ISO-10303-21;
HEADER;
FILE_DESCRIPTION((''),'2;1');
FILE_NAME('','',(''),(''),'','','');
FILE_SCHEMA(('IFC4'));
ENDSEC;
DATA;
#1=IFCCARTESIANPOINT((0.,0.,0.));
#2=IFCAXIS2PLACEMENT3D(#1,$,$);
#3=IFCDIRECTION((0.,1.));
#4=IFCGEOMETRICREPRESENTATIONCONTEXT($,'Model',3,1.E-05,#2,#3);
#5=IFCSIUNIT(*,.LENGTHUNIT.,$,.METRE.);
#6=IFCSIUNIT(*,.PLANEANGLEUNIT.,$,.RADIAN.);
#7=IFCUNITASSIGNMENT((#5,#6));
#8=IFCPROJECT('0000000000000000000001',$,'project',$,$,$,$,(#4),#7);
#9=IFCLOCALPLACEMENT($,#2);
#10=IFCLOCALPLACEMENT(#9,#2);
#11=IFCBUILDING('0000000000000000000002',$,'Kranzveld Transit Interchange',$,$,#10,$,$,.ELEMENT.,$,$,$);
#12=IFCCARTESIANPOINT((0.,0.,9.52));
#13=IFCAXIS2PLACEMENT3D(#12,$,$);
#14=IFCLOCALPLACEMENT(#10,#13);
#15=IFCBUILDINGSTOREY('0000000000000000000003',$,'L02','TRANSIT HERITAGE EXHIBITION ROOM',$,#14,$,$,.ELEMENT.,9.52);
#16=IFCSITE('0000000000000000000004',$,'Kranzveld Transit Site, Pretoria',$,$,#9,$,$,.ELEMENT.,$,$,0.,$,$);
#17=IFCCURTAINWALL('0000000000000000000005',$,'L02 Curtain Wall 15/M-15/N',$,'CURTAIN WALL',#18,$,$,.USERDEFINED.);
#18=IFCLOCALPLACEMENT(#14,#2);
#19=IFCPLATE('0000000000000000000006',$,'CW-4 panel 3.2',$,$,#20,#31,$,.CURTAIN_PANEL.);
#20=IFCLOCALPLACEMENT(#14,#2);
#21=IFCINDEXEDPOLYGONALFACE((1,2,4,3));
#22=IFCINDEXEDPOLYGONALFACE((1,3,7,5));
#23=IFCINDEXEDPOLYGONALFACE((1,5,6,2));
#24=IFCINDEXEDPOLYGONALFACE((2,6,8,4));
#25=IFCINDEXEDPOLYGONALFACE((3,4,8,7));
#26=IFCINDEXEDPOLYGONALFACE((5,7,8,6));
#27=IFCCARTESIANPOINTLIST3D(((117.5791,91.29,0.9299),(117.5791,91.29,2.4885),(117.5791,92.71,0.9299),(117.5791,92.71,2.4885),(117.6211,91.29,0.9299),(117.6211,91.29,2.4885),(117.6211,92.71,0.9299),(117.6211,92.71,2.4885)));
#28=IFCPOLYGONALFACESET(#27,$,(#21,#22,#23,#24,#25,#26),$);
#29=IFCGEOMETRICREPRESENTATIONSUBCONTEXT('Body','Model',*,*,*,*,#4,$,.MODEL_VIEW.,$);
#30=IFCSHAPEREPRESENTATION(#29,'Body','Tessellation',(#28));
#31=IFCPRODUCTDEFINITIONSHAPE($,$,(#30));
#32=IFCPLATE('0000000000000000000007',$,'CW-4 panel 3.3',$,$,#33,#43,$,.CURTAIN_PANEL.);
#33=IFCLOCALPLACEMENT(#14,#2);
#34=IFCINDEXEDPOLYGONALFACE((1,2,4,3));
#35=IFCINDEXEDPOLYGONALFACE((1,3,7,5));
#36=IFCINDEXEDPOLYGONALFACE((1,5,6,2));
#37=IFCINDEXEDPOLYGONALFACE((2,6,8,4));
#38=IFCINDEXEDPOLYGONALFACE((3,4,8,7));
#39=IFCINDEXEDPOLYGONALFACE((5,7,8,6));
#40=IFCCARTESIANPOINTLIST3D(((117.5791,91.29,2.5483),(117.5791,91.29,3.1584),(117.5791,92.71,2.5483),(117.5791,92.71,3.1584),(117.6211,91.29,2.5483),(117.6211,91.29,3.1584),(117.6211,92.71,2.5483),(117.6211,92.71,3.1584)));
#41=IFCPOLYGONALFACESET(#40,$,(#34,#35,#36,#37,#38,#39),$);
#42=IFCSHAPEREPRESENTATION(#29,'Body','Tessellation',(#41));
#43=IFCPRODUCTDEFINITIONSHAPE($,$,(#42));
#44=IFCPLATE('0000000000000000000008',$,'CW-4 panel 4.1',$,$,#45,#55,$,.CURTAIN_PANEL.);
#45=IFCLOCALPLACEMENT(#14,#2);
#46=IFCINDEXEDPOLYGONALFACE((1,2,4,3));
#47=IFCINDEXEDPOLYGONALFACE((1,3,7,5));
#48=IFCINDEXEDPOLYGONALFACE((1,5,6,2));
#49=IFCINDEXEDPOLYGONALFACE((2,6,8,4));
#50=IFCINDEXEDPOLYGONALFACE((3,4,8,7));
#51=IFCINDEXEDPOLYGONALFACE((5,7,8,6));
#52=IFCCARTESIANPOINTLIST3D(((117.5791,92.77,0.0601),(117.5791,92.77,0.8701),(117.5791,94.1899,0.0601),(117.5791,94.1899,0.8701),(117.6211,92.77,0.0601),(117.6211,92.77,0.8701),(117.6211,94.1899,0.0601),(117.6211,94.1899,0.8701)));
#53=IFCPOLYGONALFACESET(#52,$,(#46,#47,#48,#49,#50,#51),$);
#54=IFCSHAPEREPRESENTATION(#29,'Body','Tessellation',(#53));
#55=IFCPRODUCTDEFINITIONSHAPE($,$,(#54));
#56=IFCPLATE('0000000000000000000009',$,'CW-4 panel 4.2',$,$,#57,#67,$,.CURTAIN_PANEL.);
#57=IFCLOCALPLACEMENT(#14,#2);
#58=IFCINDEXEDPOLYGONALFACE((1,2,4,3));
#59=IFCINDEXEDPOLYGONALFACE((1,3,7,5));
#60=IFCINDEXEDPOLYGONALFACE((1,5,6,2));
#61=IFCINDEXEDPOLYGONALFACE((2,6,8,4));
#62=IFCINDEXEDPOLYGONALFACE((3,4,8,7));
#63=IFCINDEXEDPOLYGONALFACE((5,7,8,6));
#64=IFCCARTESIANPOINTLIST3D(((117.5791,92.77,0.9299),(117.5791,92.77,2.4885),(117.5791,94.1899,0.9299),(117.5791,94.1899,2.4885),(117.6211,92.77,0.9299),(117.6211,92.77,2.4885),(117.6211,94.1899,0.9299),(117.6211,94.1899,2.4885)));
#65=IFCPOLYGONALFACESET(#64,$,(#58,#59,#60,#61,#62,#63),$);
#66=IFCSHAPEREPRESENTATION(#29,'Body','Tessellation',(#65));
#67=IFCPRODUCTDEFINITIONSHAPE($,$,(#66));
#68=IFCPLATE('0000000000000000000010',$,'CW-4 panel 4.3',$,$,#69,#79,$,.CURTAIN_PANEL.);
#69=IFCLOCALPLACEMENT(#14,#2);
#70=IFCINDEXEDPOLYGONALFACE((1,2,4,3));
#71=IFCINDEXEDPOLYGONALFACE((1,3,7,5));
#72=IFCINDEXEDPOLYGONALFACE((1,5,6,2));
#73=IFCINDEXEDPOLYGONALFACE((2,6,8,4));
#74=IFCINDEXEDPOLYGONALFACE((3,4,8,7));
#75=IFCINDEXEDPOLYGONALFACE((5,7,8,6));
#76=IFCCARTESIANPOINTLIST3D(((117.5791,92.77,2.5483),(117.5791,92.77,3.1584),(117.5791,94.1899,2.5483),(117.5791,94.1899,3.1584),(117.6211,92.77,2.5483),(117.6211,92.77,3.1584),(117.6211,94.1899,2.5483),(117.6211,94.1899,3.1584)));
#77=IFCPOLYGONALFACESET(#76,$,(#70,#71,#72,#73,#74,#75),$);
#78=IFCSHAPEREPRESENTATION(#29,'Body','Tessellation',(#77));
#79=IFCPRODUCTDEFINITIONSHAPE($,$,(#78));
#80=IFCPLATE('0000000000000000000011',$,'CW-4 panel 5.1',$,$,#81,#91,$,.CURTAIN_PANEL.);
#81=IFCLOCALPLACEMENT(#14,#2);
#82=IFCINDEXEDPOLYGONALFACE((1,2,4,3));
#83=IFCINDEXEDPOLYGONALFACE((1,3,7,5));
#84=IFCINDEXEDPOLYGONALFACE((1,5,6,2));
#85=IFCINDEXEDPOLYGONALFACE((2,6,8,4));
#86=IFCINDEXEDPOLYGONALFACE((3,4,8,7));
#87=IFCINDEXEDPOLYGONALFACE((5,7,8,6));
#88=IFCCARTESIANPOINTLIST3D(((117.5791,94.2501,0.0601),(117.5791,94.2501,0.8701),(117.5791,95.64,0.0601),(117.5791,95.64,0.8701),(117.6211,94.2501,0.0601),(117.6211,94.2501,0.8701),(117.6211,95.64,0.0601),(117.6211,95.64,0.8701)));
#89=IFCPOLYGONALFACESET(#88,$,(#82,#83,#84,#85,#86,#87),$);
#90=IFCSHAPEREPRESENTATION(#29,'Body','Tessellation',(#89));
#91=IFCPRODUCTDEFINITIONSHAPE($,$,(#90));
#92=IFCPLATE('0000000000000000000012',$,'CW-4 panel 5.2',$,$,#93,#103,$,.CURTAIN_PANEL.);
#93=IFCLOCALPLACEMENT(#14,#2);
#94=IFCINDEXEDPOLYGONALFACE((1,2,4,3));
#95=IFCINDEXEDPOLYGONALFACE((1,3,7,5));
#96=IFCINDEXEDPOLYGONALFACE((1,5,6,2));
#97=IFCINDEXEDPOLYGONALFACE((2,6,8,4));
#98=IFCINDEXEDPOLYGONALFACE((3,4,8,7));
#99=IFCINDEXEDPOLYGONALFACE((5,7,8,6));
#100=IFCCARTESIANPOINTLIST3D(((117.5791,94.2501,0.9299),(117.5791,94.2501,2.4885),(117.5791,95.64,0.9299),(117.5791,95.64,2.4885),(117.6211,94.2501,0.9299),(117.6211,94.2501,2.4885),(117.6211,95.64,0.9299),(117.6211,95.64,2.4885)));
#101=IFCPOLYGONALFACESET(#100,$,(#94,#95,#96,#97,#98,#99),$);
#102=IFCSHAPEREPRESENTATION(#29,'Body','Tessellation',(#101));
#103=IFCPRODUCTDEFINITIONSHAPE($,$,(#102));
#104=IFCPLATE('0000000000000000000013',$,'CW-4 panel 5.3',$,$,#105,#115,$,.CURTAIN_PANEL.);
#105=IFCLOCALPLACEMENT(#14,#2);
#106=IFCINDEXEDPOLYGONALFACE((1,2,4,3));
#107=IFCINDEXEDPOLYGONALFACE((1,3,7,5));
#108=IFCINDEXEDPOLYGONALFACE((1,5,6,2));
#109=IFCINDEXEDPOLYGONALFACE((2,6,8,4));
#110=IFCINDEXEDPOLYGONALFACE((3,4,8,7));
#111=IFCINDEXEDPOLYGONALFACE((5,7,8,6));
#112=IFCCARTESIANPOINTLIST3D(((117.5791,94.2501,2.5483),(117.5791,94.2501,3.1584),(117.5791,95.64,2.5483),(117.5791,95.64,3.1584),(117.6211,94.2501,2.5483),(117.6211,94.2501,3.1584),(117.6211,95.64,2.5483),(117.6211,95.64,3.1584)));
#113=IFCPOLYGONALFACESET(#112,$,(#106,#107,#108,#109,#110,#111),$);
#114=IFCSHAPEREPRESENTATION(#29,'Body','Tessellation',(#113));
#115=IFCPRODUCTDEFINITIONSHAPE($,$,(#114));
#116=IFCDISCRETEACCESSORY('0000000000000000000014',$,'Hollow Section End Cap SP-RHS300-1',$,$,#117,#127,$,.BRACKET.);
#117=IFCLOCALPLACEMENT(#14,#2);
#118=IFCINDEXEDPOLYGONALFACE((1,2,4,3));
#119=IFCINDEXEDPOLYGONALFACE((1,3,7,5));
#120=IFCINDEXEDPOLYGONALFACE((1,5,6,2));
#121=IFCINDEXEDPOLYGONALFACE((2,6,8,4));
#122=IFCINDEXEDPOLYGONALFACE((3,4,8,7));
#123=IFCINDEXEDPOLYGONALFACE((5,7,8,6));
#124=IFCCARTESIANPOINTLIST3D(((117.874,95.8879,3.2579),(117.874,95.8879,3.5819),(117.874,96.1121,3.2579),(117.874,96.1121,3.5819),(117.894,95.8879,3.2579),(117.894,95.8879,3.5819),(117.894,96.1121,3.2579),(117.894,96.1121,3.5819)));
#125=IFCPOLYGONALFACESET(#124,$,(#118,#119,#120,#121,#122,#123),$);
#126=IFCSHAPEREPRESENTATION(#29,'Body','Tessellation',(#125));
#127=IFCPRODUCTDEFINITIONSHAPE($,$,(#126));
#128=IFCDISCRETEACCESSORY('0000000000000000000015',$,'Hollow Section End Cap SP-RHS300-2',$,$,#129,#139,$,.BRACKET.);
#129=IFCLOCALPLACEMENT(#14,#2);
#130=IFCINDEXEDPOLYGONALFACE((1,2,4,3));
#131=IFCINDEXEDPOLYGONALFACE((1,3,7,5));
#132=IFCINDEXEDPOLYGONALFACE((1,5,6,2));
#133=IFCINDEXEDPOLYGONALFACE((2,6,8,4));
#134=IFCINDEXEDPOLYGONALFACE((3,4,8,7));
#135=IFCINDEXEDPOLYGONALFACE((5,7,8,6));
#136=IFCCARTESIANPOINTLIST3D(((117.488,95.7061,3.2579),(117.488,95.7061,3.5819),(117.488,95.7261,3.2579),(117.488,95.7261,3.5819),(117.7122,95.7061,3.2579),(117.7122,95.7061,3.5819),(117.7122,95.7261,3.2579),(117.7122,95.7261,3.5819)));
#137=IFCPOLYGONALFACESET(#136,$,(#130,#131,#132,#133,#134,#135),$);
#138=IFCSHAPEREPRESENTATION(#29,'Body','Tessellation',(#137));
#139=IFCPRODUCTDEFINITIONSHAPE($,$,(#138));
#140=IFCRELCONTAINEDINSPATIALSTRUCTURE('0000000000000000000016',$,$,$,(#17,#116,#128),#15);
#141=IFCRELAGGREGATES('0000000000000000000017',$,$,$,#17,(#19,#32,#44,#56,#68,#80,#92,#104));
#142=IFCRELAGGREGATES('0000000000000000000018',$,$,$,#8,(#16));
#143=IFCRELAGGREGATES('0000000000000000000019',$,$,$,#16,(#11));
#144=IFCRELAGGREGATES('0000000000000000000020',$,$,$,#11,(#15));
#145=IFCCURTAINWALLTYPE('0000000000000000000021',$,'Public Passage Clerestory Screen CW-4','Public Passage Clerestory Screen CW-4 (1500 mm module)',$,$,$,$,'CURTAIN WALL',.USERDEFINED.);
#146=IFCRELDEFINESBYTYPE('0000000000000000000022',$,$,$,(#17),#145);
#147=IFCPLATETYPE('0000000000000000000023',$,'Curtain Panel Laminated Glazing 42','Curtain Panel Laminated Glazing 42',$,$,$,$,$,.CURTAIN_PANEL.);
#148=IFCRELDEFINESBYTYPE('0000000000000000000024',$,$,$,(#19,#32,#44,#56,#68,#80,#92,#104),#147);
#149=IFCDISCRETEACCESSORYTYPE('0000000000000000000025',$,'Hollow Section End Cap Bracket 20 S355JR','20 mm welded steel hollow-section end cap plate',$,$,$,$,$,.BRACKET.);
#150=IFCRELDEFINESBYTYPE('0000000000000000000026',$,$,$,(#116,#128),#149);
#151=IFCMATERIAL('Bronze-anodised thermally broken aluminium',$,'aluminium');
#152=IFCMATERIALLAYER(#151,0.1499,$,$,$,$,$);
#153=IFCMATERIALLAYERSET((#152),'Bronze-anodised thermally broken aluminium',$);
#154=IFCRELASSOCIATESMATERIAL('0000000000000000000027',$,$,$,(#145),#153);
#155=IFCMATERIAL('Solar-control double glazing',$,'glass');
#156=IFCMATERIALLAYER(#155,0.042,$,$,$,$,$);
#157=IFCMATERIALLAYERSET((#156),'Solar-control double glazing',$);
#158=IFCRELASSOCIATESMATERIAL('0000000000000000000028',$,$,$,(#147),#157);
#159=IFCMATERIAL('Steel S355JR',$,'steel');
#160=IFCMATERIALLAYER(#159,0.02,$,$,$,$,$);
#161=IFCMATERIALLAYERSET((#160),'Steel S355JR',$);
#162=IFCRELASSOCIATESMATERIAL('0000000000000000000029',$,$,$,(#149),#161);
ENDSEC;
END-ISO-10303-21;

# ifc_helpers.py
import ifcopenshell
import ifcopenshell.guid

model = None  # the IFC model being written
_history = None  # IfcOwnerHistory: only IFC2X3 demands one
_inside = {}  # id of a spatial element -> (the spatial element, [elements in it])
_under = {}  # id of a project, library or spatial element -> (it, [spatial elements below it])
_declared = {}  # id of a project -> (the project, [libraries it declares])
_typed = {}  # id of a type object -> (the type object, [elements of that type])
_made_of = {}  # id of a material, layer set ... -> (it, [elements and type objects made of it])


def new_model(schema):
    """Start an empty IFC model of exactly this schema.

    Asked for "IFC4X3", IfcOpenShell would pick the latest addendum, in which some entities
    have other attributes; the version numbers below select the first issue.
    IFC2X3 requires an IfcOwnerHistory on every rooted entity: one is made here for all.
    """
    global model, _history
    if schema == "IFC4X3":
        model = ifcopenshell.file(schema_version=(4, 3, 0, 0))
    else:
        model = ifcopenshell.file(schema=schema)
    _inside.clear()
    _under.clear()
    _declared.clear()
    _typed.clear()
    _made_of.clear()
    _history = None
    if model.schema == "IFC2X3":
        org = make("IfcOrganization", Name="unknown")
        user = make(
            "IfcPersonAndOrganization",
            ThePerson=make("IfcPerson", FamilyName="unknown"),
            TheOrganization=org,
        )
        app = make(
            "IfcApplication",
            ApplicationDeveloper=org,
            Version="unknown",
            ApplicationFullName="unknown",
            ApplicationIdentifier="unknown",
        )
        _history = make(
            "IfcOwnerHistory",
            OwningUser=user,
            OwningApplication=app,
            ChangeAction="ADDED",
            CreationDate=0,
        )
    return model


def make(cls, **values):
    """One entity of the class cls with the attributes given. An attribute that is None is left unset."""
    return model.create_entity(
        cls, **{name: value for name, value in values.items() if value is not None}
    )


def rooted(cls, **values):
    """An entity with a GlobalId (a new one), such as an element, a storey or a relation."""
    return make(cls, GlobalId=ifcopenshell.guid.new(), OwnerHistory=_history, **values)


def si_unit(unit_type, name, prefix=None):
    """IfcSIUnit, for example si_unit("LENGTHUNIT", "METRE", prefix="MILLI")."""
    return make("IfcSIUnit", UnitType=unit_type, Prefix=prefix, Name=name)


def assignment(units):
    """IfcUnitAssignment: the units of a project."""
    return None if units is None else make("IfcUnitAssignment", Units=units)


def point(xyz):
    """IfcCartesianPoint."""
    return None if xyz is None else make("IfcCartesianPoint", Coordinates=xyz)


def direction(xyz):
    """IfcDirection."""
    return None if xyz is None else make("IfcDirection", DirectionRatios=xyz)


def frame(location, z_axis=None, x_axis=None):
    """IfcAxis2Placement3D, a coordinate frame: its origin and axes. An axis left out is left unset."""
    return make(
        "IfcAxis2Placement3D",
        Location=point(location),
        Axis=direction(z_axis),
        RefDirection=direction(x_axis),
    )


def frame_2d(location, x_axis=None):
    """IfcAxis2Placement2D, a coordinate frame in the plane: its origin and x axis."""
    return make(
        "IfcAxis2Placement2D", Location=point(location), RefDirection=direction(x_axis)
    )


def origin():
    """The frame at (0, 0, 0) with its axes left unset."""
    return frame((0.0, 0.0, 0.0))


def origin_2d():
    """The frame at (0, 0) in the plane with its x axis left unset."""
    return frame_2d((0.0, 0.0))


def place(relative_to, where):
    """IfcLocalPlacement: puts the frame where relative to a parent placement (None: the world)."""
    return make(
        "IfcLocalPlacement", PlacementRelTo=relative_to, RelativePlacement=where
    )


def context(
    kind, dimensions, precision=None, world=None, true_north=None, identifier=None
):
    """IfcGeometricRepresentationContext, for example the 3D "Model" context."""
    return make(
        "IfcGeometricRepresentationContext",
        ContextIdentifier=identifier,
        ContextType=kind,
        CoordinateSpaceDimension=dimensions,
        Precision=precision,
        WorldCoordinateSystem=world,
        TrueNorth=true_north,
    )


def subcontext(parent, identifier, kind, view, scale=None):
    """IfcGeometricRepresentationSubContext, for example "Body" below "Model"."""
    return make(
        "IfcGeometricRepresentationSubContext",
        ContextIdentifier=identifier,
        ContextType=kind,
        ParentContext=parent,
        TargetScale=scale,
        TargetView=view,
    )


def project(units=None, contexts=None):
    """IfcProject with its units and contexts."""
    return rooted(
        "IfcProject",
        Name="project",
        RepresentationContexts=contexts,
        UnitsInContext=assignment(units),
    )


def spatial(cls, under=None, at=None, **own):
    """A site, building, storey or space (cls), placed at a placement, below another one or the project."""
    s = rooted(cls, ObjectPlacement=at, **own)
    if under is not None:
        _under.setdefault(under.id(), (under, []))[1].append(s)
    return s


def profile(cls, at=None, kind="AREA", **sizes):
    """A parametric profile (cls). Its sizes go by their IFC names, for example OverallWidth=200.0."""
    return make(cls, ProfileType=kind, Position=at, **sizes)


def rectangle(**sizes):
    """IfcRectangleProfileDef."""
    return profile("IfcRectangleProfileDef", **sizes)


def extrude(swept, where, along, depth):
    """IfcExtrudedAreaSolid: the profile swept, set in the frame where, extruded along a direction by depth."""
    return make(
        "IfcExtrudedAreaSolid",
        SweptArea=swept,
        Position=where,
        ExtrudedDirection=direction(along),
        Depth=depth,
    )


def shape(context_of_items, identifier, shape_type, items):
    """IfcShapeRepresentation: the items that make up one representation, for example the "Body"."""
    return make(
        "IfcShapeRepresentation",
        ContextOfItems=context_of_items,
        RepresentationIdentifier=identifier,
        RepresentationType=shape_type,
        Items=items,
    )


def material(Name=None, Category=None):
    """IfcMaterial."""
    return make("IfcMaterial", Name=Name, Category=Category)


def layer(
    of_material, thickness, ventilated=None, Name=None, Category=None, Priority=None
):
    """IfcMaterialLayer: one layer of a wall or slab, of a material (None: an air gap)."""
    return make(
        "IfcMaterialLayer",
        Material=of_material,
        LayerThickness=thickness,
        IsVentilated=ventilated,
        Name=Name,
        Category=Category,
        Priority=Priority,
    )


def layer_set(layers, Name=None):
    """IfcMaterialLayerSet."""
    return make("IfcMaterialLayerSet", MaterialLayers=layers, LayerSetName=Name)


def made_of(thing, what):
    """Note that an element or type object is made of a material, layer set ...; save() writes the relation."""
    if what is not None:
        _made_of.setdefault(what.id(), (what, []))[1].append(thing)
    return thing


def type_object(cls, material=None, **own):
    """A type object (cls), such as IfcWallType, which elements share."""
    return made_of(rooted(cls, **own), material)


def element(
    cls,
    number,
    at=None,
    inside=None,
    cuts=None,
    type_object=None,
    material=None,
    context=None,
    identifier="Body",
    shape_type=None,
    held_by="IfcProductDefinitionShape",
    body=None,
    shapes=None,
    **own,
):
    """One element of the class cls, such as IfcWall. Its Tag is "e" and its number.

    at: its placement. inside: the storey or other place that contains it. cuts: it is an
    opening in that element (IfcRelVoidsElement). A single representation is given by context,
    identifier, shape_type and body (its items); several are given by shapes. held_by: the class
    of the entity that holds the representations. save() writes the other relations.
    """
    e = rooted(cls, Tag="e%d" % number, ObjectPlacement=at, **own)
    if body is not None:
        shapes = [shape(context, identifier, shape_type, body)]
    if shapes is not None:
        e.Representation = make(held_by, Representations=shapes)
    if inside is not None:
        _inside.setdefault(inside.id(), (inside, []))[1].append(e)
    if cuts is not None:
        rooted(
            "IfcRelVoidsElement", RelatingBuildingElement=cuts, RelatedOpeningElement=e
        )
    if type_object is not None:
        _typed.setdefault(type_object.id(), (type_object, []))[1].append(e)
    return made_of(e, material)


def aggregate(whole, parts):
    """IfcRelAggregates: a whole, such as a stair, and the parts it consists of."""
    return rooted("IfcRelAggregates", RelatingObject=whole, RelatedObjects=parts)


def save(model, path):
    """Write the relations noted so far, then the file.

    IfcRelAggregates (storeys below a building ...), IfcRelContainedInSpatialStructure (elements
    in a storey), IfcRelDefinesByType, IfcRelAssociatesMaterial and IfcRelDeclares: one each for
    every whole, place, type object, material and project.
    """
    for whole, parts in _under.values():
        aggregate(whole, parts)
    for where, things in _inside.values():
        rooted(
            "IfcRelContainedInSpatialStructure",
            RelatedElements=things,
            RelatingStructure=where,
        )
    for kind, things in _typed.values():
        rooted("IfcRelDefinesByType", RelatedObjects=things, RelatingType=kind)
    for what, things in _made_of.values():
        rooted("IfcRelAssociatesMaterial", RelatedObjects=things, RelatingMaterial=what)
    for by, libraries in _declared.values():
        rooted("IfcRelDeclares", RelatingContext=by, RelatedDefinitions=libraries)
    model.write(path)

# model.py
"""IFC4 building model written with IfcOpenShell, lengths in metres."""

from ifc_helpers import new_model, si_unit, direction, frame, origin, origin_2d, place, context, subcontext, project, spatial, rectangle, extrude, material, layer, layer_set, type_object, element, aggregate, save


model = new_model("IFC4")

# Units and contexts
model_context = context("Model", 3, precision=1e-05, world=origin(), true_north=direction((0.0, 1.0)))
body_context = subcontext(model_context, "Body", "Model", "MODEL_VIEW")
ifc_project = project(units=[si_unit("LENGTHUNIT", "METRE"), si_unit("PLANEANGLEUNIT", "RADIAN")], contexts=[model_context])

# Site, building, storey
site_placement = place(None, origin())
site = spatial("IfcSite", under=ifc_project, at=site_placement, Name="Kranzveld Transit Site, Pretoria", CompositionType="ELEMENT", RefElevation=0.0)
building_placement = place(site_placement, origin())
building = spatial("IfcBuilding", under=site, at=building_placement, Name="Kranzveld Transit Interchange", CompositionType="ELEMENT")
storey_placement = place(building_placement, frame((0.0, 0.0, 9.52)))
storey = spatial("IfcBuildingStorey", under=building, at=storey_placement, Name="L02", Description="TRANSIT HERITAGE EXHIBITION ROOM", CompositionType="ELEMENT", Elevation=9.52)

# Curtain wall
ifc_material_1 = material(Name="Bronze-anodised thermally broken aluminium", Category="aluminium")
ifc_layer_1 = layer(ifc_material_1, 0.1499)
ifc_layer_set_1 = layer_set([ifc_layer_1], Name="Bronze-anodised thermally broken aluminium")
curtain_wall_type_1 = type_object("IfcCurtainWallType", Name="Public Passage Clerestory Screen CW-4", Description="Public Passage Clerestory Screen CW-4 (1500 mm module)", ElementType="CURTAIN WALL", PredefinedType="USERDEFINED", material=ifc_layer_set_1)
curtain_wall_1_placement = place(storey_placement, origin())
curtain_wall_1 = element("IfcCurtainWall", 1, at=curtain_wall_1_placement, inside=storey, type_object=curtain_wall_type_1, Name="L02 Curtain Wall 15/M-15/N", ObjectType="CURTAIN WALL", PredefinedType="USERDEFINED")

# Plates
ifc_material_2 = material(Name="Solar-control double glazing", Category="glass")
ifc_layer_2 = layer(ifc_material_2, 0.042)
ifc_layer_set_2 = layer_set([ifc_layer_2], Name="Solar-control double glazing")
plate_type = type_object("IfcPlateType", Name="Curtain Panel Laminated Glazing 42", Description="Curtain Panel Laminated Glazing 42", PredefinedType="CURTAIN_PANEL", material=ifc_layer_set_2)
plate_1_placement = place(storey_placement, frame((117.6001, 92.0, 0.9299), z_axis=(0.0, 0.0, 1.0), x_axis=(0.0, 1.0, 0.0)))
plate_1 = element("IfcPlate", 2, at=plate_1_placement, type_object=plate_type, Name="CW-4 panel 3.2", PredefinedType="CURTAIN_PANEL", context=body_context, shape_type="SweptSolid", body=[
    extrude(rectangle(XDim=1.4199, YDim=0.042, at=origin_2d()), origin(), (0.0, 0.0, 1.0), 1.5586),
])
plate_2_placement = place(storey_placement, frame((117.6001, 92.0, 2.5483), z_axis=(0.0, 0.0, 1.0), x_axis=(0.0, 1.0, 0.0)))
plate_2 = element("IfcPlate", 3, at=plate_2_placement, type_object=plate_type, Name="CW-4 panel 3.3", PredefinedType="CURTAIN_PANEL", context=body_context, shape_type="SweptSolid", body=[
    extrude(rectangle(XDim=1.4199, YDim=0.042, at=origin_2d()), origin(), (0.0, 0.0, 1.0), 0.6101),
])
plate_3_placement = place(storey_placement, frame((117.6001, 93.48, 0.0601), z_axis=(0.0, 0.0, 1.0), x_axis=(0.0, 1.0, 0.0)))
plate_3 = element("IfcPlate", 4, at=plate_3_placement, type_object=plate_type, Name="CW-4 panel 4.1", PredefinedType="CURTAIN_PANEL", context=body_context, shape_type="SweptSolid", body=[
    extrude(rectangle(XDim=1.4199, YDim=0.042, at=origin_2d()), origin(), (0.0, 0.0, 1.0), 0.8101),
])
plate_4_placement = place(storey_placement, frame((117.6001, 93.48, 0.9299), z_axis=(0.0, 0.0, 1.0), x_axis=(0.0, 1.0, 0.0)))
plate_4 = element("IfcPlate", 5, at=plate_4_placement, type_object=plate_type, Name="CW-4 panel 4.2", PredefinedType="CURTAIN_PANEL", context=body_context, shape_type="SweptSolid", body=[
    extrude(rectangle(XDim=1.4199, YDim=0.042, at=origin_2d()), origin(), (0.0, 0.0, 1.0), 1.5586),
])
plate_5_placement = place(storey_placement, frame((117.6001, 93.48, 2.5483), z_axis=(0.0, 0.0, 1.0), x_axis=(0.0, 1.0, 0.0)))
plate_5 = element("IfcPlate", 6, at=plate_5_placement, type_object=plate_type, Name="CW-4 panel 4.3", PredefinedType="CURTAIN_PANEL", context=body_context, shape_type="SweptSolid", body=[
    extrude(rectangle(XDim=1.4199, YDim=0.042, at=origin_2d()), origin(), (0.0, 0.0, 1.0), 0.6101),
])
plate_6_placement = place(storey_placement, frame((117.6001, 94.9451, 0.0601), z_axis=(0.0, 0.0, 1.0), x_axis=(0.0, 1.0, 0.0)))
plate_6 = element("IfcPlate", 7, at=plate_6_placement, type_object=plate_type, Name="CW-4 panel 5.1", PredefinedType="CURTAIN_PANEL", context=body_context, shape_type="SweptSolid", body=[
    extrude(rectangle(XDim=1.3899, YDim=0.042, at=origin_2d()), origin(), (0.0, 0.0, 1.0), 0.8101),
])
plate_7_placement = place(storey_placement, frame((117.6001, 94.9451, 0.9299), z_axis=(0.0, 0.0, 1.0), x_axis=(0.0, 1.0, 0.0)))
plate_7 = element("IfcPlate", 8, at=plate_7_placement, type_object=plate_type, Name="CW-4 panel 5.2", PredefinedType="CURTAIN_PANEL", context=body_context, shape_type="SweptSolid", body=[
    extrude(rectangle(XDim=1.3899, YDim=0.042, at=origin_2d()), origin(), (0.0, 0.0, 1.0), 1.5586),
])
plate_8_placement = place(storey_placement, frame((117.6001, 94.9451, 2.5483), z_axis=(0.0, 0.0, 1.0), x_axis=(0.0, 1.0, 0.0)))
plate_8 = element("IfcPlate", 9, at=plate_8_placement, type_object=plate_type, Name="CW-4 panel 5.3", PredefinedType="CURTAIN_PANEL", context=body_context, shape_type="SweptSolid", body=[
    extrude(rectangle(XDim=1.3899, YDim=0.042, at=origin_2d()), origin(), (0.0, 0.0, 1.0), 0.6101),
])
aggregate(curtain_wall_1, [plate_1, plate_2, plate_3, plate_4, plate_5, plate_6, plate_7, plate_8])

# Discrete accessories
ifc_material_3 = material(Name="Steel S355JR", Category="steel")
ifc_layer_3 = layer(ifc_material_3, 0.02)
ifc_layer_set_3 = layer_set([ifc_layer_3], Name="Steel S355JR")
discrete_accessory_type = type_object("IfcDiscreteAccessoryType", Name="Hollow Section End Cap Bracket 20 S355JR", Description="20 mm welded steel hollow-section end cap plate", PredefinedType="BRACKET", material=ifc_layer_set_3)
for number, where, z_axis, x_axis, name in (
    (10, (117.894, 96.0, 3.4199), (-1.0, 0.0, 0.0), (0.0, -1.0, 0.0), "Hollow Section End Cap SP-RHS300-1"),
    (11, (117.6001, 95.7061, 3.4199), (0.0, 1.0, 0.0), (-1.0, 0.0, 0.0), "Hollow Section End Cap SP-RHS300-2"),
):
    element("IfcDiscreteAccessory", number, at=place(storey_placement, frame(where, z_axis=z_axis, x_axis=x_axis)), inside=storey, type_object=discrete_accessory_type, Name=name, PredefinedType="BRACKET", context=body_context, shape_type="SweptSolid", body=[
        extrude(rectangle(XDim=0.2241, YDim=0.324, at=origin_2d()), origin(), (0.0, 0.0, 1.0), 0.02),
    ])

save(model, "model.ifc")
